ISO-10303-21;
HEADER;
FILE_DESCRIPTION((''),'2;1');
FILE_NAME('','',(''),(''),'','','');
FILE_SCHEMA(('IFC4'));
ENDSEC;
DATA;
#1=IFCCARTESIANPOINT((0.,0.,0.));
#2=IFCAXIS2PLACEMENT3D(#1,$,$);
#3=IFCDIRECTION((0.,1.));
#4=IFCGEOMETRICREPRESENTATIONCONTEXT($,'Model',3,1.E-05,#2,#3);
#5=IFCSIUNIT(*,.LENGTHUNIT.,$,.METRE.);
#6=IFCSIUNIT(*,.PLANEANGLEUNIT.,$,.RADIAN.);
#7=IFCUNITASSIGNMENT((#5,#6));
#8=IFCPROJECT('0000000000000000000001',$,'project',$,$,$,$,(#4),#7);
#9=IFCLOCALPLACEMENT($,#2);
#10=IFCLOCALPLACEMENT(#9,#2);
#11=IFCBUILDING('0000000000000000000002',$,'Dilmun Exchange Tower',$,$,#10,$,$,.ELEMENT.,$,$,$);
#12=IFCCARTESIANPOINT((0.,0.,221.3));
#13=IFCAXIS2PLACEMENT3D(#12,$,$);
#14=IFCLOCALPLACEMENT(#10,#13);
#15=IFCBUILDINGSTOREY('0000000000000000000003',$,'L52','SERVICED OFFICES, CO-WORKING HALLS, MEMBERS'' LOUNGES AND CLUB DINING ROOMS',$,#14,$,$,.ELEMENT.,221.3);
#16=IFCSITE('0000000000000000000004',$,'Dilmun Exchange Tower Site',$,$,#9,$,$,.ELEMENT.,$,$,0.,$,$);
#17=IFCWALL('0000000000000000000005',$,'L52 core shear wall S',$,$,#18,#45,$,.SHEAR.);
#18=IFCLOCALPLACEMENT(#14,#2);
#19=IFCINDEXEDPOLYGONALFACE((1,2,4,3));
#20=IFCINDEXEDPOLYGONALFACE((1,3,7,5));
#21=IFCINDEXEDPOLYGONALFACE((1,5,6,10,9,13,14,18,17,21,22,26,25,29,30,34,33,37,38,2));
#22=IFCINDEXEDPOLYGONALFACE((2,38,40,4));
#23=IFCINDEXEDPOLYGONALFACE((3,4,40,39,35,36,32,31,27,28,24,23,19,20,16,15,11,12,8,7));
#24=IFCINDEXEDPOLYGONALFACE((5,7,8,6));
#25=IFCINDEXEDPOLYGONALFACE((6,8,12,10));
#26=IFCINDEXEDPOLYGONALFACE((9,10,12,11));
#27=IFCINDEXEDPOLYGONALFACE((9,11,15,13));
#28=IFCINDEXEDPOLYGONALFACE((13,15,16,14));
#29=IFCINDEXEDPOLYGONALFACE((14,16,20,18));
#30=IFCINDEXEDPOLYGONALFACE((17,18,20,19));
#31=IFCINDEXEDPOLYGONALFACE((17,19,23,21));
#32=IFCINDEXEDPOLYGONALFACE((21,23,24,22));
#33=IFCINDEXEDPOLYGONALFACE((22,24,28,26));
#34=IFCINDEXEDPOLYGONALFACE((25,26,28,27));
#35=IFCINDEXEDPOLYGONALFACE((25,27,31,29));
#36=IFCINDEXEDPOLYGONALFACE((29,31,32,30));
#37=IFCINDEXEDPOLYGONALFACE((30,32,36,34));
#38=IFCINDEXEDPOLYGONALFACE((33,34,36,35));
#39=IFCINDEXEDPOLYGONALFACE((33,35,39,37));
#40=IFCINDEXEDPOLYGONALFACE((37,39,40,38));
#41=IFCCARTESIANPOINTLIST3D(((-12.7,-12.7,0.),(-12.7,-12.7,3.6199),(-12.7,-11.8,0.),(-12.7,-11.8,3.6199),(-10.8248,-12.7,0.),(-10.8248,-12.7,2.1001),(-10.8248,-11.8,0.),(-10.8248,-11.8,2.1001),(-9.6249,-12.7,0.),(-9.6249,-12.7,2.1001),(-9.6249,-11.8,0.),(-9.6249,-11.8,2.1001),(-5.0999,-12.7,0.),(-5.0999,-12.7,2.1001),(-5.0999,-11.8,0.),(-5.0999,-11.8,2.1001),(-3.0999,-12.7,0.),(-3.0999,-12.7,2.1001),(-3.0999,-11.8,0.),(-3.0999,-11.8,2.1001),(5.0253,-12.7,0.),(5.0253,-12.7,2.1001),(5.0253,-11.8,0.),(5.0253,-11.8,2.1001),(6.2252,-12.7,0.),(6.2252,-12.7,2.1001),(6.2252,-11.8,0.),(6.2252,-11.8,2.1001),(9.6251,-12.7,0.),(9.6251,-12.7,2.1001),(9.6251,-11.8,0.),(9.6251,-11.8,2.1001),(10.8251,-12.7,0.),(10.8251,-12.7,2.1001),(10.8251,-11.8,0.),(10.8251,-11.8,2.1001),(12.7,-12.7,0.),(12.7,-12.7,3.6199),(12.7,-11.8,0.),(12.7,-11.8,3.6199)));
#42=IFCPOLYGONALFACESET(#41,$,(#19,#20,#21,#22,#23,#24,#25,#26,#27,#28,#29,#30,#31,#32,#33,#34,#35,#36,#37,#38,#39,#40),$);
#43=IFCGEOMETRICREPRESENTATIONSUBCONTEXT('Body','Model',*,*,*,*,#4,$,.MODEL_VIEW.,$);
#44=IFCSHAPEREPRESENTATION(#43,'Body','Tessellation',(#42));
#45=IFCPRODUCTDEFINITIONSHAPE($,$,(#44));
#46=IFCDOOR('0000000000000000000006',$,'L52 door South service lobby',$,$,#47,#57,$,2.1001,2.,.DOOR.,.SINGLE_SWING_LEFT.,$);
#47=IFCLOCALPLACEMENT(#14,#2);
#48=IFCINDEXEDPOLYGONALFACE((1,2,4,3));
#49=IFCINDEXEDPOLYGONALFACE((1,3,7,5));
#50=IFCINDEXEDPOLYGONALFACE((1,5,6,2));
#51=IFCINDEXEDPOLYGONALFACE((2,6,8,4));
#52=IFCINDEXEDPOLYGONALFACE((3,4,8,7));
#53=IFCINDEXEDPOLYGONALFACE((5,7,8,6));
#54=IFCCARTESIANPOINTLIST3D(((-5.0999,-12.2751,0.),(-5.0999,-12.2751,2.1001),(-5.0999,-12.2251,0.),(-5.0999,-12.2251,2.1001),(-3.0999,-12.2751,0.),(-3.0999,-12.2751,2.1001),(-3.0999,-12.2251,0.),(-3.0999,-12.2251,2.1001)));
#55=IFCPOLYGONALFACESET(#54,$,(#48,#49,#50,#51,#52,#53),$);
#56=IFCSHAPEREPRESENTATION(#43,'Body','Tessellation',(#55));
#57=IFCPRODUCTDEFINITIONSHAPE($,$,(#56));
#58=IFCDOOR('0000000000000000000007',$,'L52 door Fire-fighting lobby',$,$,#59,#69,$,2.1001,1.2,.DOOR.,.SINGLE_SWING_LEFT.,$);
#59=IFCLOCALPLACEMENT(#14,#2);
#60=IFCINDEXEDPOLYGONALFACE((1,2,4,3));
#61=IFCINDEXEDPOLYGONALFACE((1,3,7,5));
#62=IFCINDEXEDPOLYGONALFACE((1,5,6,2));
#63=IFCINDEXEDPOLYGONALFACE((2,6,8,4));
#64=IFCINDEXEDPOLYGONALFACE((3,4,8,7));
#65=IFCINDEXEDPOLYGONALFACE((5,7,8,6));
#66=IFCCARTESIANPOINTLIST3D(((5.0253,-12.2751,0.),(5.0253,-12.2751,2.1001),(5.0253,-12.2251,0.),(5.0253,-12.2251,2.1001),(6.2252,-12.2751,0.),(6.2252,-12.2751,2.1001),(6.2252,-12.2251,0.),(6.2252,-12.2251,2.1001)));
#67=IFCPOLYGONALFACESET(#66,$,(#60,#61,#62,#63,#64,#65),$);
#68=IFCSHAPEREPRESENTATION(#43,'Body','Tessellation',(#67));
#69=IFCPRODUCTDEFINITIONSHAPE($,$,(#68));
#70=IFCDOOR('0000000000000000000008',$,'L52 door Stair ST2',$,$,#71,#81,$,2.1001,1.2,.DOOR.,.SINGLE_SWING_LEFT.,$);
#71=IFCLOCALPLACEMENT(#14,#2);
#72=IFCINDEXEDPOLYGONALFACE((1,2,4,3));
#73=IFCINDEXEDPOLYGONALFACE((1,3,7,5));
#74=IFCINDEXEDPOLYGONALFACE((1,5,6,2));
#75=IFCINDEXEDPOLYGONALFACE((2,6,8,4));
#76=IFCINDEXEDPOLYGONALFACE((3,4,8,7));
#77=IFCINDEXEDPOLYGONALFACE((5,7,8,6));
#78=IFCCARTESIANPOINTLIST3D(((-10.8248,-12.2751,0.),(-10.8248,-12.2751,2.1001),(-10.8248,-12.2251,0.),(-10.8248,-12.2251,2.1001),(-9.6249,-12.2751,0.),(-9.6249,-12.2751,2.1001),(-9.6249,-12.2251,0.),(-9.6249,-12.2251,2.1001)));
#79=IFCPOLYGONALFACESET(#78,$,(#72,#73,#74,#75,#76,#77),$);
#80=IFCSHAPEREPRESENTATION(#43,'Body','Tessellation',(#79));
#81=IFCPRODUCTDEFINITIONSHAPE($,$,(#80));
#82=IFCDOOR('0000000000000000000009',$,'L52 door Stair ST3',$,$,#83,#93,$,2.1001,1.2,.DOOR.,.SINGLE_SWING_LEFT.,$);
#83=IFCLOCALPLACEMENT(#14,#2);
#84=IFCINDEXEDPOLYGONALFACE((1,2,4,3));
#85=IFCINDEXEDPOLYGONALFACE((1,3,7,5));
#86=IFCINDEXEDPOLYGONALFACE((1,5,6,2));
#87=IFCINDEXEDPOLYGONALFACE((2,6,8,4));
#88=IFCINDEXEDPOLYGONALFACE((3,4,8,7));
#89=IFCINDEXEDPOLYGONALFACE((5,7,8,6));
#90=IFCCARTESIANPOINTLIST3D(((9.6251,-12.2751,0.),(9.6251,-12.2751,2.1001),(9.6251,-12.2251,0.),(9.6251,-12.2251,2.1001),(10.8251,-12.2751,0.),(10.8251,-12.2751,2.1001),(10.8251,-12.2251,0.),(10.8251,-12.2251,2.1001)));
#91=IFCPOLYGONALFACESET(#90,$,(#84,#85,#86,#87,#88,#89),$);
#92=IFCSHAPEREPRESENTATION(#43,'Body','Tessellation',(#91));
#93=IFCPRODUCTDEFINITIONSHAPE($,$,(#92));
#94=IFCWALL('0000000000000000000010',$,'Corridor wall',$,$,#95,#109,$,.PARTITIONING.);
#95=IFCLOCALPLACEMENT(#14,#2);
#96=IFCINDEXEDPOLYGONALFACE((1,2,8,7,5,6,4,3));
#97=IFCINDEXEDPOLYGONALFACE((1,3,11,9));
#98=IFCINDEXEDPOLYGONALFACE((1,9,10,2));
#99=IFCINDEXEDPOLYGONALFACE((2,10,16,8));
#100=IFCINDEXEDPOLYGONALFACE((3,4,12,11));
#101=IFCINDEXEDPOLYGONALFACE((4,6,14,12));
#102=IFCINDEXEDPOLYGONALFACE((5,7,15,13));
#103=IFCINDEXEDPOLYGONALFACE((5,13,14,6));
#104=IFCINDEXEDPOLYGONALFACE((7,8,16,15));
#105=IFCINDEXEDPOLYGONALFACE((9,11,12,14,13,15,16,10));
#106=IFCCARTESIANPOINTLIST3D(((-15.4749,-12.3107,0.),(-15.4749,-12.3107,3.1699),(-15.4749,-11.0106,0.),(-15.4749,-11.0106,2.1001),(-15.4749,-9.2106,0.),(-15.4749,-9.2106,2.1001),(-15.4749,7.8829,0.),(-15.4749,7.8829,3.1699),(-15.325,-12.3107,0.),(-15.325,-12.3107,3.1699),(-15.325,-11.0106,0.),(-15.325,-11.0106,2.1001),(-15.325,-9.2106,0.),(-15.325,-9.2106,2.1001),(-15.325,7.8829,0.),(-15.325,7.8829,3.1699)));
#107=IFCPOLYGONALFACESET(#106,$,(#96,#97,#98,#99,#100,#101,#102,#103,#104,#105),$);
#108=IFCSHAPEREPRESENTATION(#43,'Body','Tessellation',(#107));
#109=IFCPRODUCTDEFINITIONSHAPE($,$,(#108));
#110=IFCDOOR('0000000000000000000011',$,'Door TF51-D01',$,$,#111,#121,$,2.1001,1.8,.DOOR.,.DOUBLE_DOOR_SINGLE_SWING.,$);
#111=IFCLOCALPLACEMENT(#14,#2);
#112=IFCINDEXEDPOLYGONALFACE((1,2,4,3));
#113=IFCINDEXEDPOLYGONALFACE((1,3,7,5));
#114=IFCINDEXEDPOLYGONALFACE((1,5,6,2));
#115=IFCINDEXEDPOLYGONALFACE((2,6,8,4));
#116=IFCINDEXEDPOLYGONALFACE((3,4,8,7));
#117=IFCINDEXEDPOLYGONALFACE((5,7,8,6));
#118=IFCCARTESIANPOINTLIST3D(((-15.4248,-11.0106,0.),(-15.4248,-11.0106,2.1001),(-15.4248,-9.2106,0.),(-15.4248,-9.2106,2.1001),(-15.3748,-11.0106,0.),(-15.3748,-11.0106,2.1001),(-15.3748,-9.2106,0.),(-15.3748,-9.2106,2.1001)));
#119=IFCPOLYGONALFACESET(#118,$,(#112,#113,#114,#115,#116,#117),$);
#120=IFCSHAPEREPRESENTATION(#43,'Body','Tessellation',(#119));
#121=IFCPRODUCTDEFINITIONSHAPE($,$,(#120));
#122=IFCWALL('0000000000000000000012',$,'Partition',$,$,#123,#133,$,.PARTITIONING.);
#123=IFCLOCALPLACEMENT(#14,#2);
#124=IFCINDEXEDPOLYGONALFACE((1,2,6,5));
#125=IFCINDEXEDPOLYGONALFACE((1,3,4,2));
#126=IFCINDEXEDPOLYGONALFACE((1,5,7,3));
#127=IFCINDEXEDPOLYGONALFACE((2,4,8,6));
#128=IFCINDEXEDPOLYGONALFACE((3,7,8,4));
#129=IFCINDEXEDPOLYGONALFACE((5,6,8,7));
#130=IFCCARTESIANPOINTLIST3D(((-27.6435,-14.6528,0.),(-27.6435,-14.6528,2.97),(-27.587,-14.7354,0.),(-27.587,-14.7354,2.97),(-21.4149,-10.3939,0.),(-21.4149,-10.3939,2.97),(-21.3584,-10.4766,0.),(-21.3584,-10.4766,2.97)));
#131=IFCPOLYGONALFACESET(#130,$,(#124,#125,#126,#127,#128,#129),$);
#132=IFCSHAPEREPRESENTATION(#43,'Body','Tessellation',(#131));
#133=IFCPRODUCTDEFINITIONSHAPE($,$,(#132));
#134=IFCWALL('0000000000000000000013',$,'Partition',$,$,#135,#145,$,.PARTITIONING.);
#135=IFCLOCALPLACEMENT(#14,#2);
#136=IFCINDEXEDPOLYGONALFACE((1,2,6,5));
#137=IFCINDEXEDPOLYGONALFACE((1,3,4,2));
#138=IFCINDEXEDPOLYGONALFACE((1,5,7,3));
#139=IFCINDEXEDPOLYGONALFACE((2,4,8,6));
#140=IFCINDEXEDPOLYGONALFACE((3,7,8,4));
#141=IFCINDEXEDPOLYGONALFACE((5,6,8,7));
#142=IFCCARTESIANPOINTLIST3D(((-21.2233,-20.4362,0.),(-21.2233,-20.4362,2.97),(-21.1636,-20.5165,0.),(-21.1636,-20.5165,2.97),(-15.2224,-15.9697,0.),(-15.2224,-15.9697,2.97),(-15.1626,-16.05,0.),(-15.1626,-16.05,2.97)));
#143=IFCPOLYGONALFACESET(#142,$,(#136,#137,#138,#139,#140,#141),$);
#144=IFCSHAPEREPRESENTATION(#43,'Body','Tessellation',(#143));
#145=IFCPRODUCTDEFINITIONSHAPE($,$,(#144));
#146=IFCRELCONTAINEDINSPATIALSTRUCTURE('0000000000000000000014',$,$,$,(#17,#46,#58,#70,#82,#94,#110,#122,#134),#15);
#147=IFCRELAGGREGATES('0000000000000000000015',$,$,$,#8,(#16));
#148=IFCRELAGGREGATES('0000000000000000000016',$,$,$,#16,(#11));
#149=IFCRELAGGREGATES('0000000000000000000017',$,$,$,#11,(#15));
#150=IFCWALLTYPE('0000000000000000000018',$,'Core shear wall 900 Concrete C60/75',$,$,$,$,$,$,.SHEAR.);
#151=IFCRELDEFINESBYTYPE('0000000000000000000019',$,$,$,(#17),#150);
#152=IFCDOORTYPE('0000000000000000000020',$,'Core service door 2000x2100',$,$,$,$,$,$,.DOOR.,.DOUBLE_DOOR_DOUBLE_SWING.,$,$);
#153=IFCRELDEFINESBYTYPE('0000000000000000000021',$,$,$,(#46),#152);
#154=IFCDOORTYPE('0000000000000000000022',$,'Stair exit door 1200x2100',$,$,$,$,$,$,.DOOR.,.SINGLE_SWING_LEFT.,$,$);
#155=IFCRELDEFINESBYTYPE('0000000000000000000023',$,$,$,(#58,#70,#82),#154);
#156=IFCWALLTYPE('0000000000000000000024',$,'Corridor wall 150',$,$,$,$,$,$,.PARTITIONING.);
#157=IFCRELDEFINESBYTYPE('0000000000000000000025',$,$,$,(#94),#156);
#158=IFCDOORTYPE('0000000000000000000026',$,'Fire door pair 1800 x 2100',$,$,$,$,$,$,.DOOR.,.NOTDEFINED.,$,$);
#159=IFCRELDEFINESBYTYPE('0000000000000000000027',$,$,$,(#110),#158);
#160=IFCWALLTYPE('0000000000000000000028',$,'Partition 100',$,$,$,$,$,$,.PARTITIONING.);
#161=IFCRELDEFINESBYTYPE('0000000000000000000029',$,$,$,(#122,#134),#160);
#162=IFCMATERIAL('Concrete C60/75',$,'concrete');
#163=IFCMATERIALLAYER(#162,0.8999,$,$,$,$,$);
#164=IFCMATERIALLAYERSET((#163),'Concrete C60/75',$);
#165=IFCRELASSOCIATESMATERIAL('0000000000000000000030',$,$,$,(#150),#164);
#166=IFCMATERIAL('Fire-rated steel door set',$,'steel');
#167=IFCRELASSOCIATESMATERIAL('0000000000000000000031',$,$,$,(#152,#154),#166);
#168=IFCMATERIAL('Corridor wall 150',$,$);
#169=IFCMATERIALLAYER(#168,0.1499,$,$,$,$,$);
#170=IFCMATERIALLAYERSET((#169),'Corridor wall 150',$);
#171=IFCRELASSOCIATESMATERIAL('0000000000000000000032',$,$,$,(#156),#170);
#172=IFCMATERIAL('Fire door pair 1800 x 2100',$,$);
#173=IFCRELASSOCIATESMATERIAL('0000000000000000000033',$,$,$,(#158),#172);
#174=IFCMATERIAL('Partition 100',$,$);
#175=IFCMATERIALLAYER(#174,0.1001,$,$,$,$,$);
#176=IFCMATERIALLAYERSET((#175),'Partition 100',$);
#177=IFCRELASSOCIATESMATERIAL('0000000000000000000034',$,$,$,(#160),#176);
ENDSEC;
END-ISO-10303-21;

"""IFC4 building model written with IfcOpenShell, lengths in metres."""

from ifc_helpers import new_model, si_unit, direction, frame, frame_2d, origin, place, context, subcontext, project, spatial, rectangle, extrude, material, layer, layer_set, type_object, element, fill, save


model = new_model("IFC4")

# Units and contexts
model_context = context("Model", 3, precision=1e-05, world=origin(), true_north=direction((0.0, 1.0)))
body_context = subcontext(model_context, "Body", "Model", "MODEL_VIEW")
ifc_project = project(units=[si_unit("LENGTHUNIT", "METRE"), si_unit("PLANEANGLEUNIT", "RADIAN")], contexts=[model_context])

# Site, building, storey
site_placement = place(None, origin())
site = spatial("IfcSite", under=ifc_project, at=site_placement, Name="Dilmun Exchange Tower Site", CompositionType="ELEMENT", RefElevation=0.0)
building_placement = place(site_placement, origin())
building = spatial("IfcBuilding", under=site, at=building_placement, Name="Dilmun Exchange Tower", CompositionType="ELEMENT")
storey_placement = place(building_placement, frame((0.0, 0.0, 221.3)))
storey = spatial("IfcBuildingStorey", under=building, at=storey_placement, Name="L52", Description="SERVICED OFFICES, CO-WORKING HALLS, MEMBERS' LOUNGES AND CLUB DINING ROOMS", CompositionType="ELEMENT", Elevation=221.3)

# Shared definitions
ifc_material_1 = material(Name="Concrete C60/75", Category="concrete")

# Wall, openings, doors
ifc_layer_1 = layer(ifc_material_1, 0.8999)
ifc_layer_set_1 = layer_set([ifc_layer_1], Name="Concrete C60/75")
wall_type_1 = type_object("IfcWallType", Name="Core shear wall 900 Concrete C60/75", PredefinedType="SHEAR", material=ifc_layer_set_1)
wall_1_placement = place(storey_placement, frame((-12.7, -12.25, 0.0), z_axis=(0.0, 0.0, 1.0), x_axis=(1.0, 0.0, 0.0)))
wall_1 = element("IfcWall", 1, at=wall_1_placement, inside=storey, type_object=wall_type_1, Name="L52 core shear wall S", PredefinedType="SHEAR", context=body_context, shape_type="SweptSolid", body=[
    extrude(rectangle(XDim=25.3999, YDim=0.8999, at=frame_2d((12.7, 0.0))), origin(), (0.0, 0.0, 1.0), 3.6199),
])
opening_1_placement = place(wall_1_placement, frame((7.6001, 0.0, 0.0)))
opening_1 = element("IfcOpeningElement", 2, at=opening_1_placement, cuts=wall_1, PredefinedType="OPENING", context=body_context, shape_type="SweptSolid", body=[
    extrude(rectangle(XDim=2.0, YDim=2.1001, at=frame_2d((1.0, 1.05))), frame((0.0, 0.46, 0.0), z_axis=(0.0, -1.0, 0.0), x_axis=(1.0, 0.0, 0.0)), (0.0, 0.0, 1.0), 0.9199),
])
opening_2_placement = place(wall_1_placement, frame((17.7251, 0.0, 0.0)))
opening_2 = element("IfcOpeningElement", 3, at=opening_2_placement, cuts=wall_1, PredefinedType="OPENING", context=body_context, shape_type="SweptSolid", body=[
    extrude(rectangle(XDim=1.2, YDim=2.1001, at=frame_2d((0.6001, 1.05))), frame((0.0, 0.46, 0.0), z_axis=(0.0, -1.0, 0.0), x_axis=(1.0, 0.0, 0.0)), (0.0, 0.0, 1.0), 0.9199),
])
opening_3_placement = place(wall_1_placement, frame((1.875, 0.0, 0.0)))
opening_3 = element("IfcOpeningElement", 4, at=opening_3_placement, cuts=wall_1, PredefinedType="OPENING", context=body_context, shape_type="SweptSolid", body=[
    extrude(rectangle(XDim=1.2, YDim=2.1001, at=frame_2d((0.6001, 1.05))), frame((0.0, 0.46, 0.0), z_axis=(0.0, -1.0, 0.0), x_axis=(1.0, 0.0, 0.0)), (0.0, 0.0, 1.0), 0.9199),
])
opening_4_placement = place(wall_1_placement, frame((22.325, 0.0, 0.0)))
opening_4 = element("IfcOpeningElement", 5, at=opening_4_placement, cuts=wall_1, PredefinedType="OPENING", context=body_context, shape_type="SweptSolid", body=[
    extrude(rectangle(XDim=1.2, YDim=2.1001, at=frame_2d((0.6001, 1.05))), frame((0.0, 0.46, 0.0), z_axis=(0.0, -1.0, 0.0), x_axis=(1.0, 0.0, 0.0)), (0.0, 0.0, 1.0), 0.9199),
])
ifc_material_2 = material(Name="Fire-rated steel door set", Category="steel")
door_type_1 = type_object("IfcDoorType", Name="Core service door 2000x2100", OperationType="DOUBLE_DOOR_DOUBLE_SWING", PredefinedType="DOOR", material=ifc_material_2)
door_1_placement = place(opening_1_placement, origin())
door_1 = element("IfcDoor", 6, at=door_1_placement, inside=storey, type_object=door_type_1, Name="L52 door South service lobby", OperationType="SINGLE_SWING_LEFT", OverallHeight=2.1001, OverallWidth=2.0, PredefinedType="DOOR", context=body_context, shape_type="SweptSolid", body=[
    extrude(rectangle(XDim=2.0, YDim=2.1001, at=frame_2d((1.0, 1.05))), frame((0.0, 0.0249, 0.0), z_axis=(0.0, -1.0, 0.0), x_axis=(1.0, 0.0, 0.0)), (0.0, 0.0, 1.0), 0.05),
])
fill(opening_1, door_1)
door_type_2 = type_object("IfcDoorType", Name="Stair exit door 1200x2100", OperationType="SINGLE_SWING_LEFT", PredefinedType="DOOR", material=ifc_material_2)
door_2_placement = place(opening_2_placement, origin())
door_2 = element("IfcDoor", 7, at=door_2_placement, inside=storey, type_object=door_type_2, Name="L52 door Fire-fighting lobby", OperationType="SINGLE_SWING_LEFT", OverallHeight=2.1001, OverallWidth=1.2, PredefinedType="DOOR", context=body_context, shape_type="SweptSolid", body=[
    extrude(rectangle(XDim=1.2, YDim=2.1001, at=frame_2d((0.6001, 1.05))), frame((0.0, 0.0249, 0.0), z_axis=(0.0, -1.0, 0.0), x_axis=(1.0, 0.0, 0.0)), (0.0, 0.0, 1.0), 0.05),
])
fill(opening_2, door_2)
door_3_placement = place(opening_3_placement, origin())
door_3 = element("IfcDoor", 8, at=door_3_placement, inside=storey, type_object=door_type_2, Name="L52 door Stair ST2", OperationType="SINGLE_SWING_LEFT", OverallHeight=2.1001, OverallWidth=1.2, PredefinedType="DOOR", context=body_context, shape_type="SweptSolid", body=[
    extrude(rectangle(XDim=1.2, YDim=2.1001, at=frame_2d((0.6001, 1.05))), frame((0.0, 0.0249, 0.0), z_axis=(0.0, -1.0, 0.0), x_axis=(1.0, 0.0, 0.0)), (0.0, 0.0, 1.0), 0.05),
])
fill(opening_3, door_3)
door_4_placement = place(opening_4_placement, origin())
door_4 = element("IfcDoor", 9, at=door_4_placement, inside=storey, type_object=door_type_2, Name="L52 door Stair ST3", OperationType="SINGLE_SWING_LEFT", OverallHeight=2.1001, OverallWidth=1.2, PredefinedType="DOOR", context=body_context, shape_type="SweptSolid", body=[
    extrude(rectangle(XDim=1.2, YDim=2.1001, at=frame_2d((0.6001, 1.05))), frame((0.0, 0.0249, 0.0), z_axis=(0.0, -1.0, 0.0), x_axis=(1.0, 0.0, 0.0)), (0.0, 0.0, 1.0), 0.05),
])
fill(opening_4, door_4)

# Wall, opening, door
ifc_material_3 = material(Name="Corridor wall 150")
ifc_layer_2 = layer(ifc_material_3, 0.1499)
ifc_layer_set_2 = layer_set([ifc_layer_2], Name="Corridor wall 150")
wall_type_2 = type_object("IfcWallType", Name="Corridor wall 150", PredefinedType="PARTITIONING", material=ifc_layer_set_2)
wall_2_placement = place(storey_placement, frame((-15.3999, -12.3105, 0.0), z_axis=(0.0, 0.0, 1.0), x_axis=(0.0, 1.0, 0.0)))
wall_2 = element("IfcWall", 10, at=wall_2_placement, inside=storey, type_object=wall_type_2, Name="Corridor wall", PredefinedType="PARTITIONING", context=body_context, shape_type="SweptSolid", body=[
    extrude(rectangle(XDim=20.1936, YDim=0.1499, at=frame_2d((10.0967, 0.0))), origin(), (0.0, 0.0, 1.0), 3.1699),
])
opening_5_placement = place(wall_2_placement, frame((1.3, 0.0, 0.0)))
opening_5 = element("IfcOpeningElement", 11, at=opening_5_placement, cuts=wall_2, PredefinedType="OPENING", context=body_context, shape_type="SweptSolid", body=[
    extrude(rectangle(XDim=1.8, YDim=2.1001, at=frame_2d((0.8999, 1.05))), frame((0.0, 0.085, 0.0), z_axis=(0.0, -1.0, 0.0), x_axis=(1.0, 0.0, 0.0)), (0.0, 0.0, 1.0), 0.1699),
])
ifc_material_4 = material(Name="Fire door pair 1800 x 2100")
door_type_3 = type_object("IfcDoorType", Name="Fire door pair 1800 x 2100", OperationType="NOTDEFINED", PredefinedType="DOOR", material=ifc_material_4)
door_5_placement = place(opening_5_placement, origin())
door_5 = element("IfcDoor", 12, at=door_5_placement, inside=storey, type_object=door_type_3, Name="Door TF51-D01", OperationType="DOUBLE_DOOR_SINGLE_SWING", OverallHeight=2.1001, OverallWidth=1.8, PredefinedType="DOOR", context=body_context, shape_type="SweptSolid", body=[
    extrude(rectangle(XDim=1.8, YDim=2.1001, at=frame_2d((0.8999, 1.05))), frame((0.0, 0.0249, 0.0), z_axis=(0.0, -1.0, 0.0), x_axis=(1.0, 0.0, 0.0)), (0.0, 0.0, 1.0), 0.05),
])
fill(opening_5, door_5)

# Walls
ifc_material_5 = material(Name="Partition 100")
ifc_layer_3 = layer(ifc_material_5, 0.1001)
ifc_layer_set_3 = layer_set([ifc_layer_3], Name="Partition 100")
wall_type_3 = type_object("IfcWallType", Name="Partition 100", PredefinedType="PARTITIONING", material=ifc_layer_set_3)
wall_3_placement = place(storey_placement, frame((-27.6152, -14.6941, 0.0), z_axis=(0.0, 0.0, 1.0), x_axis=(0.825482, 0.564429, 0.0)))
element("IfcWall", 13, at=wall_3_placement, inside=storey, type_object=wall_type_3, Name="Partition", PredefinedType="PARTITIONING", context=body_context, shape_type="SweptSolid", body=[
    extrude(rectangle(XDim=7.5454, YDim=0.1001, at=frame_2d((3.7727, 0.0))), origin(), (0.0, 0.0, 1.0), 2.97),
])
wall_4_placement = place(storey_placement, frame((-21.1934, -20.4763, 0.0), z_axis=(0.0, 0.0, 1.0), x_axis=(0.802188, 0.597072, 0.0)))
element("IfcWall", 14, at=wall_4_placement, inside=storey, type_object=wall_type_3, Name="Partition", PredefinedType="PARTITIONING", context=body_context, shape_type="SweptSolid", body=[
    extrude(rectangle(XDim=7.4807, YDim=0.1001, at=frame_2d((3.7402, 0.0))), origin(), (0.0, 0.0, 1.0), 2.97),
])

save(model, "model.ifc")
